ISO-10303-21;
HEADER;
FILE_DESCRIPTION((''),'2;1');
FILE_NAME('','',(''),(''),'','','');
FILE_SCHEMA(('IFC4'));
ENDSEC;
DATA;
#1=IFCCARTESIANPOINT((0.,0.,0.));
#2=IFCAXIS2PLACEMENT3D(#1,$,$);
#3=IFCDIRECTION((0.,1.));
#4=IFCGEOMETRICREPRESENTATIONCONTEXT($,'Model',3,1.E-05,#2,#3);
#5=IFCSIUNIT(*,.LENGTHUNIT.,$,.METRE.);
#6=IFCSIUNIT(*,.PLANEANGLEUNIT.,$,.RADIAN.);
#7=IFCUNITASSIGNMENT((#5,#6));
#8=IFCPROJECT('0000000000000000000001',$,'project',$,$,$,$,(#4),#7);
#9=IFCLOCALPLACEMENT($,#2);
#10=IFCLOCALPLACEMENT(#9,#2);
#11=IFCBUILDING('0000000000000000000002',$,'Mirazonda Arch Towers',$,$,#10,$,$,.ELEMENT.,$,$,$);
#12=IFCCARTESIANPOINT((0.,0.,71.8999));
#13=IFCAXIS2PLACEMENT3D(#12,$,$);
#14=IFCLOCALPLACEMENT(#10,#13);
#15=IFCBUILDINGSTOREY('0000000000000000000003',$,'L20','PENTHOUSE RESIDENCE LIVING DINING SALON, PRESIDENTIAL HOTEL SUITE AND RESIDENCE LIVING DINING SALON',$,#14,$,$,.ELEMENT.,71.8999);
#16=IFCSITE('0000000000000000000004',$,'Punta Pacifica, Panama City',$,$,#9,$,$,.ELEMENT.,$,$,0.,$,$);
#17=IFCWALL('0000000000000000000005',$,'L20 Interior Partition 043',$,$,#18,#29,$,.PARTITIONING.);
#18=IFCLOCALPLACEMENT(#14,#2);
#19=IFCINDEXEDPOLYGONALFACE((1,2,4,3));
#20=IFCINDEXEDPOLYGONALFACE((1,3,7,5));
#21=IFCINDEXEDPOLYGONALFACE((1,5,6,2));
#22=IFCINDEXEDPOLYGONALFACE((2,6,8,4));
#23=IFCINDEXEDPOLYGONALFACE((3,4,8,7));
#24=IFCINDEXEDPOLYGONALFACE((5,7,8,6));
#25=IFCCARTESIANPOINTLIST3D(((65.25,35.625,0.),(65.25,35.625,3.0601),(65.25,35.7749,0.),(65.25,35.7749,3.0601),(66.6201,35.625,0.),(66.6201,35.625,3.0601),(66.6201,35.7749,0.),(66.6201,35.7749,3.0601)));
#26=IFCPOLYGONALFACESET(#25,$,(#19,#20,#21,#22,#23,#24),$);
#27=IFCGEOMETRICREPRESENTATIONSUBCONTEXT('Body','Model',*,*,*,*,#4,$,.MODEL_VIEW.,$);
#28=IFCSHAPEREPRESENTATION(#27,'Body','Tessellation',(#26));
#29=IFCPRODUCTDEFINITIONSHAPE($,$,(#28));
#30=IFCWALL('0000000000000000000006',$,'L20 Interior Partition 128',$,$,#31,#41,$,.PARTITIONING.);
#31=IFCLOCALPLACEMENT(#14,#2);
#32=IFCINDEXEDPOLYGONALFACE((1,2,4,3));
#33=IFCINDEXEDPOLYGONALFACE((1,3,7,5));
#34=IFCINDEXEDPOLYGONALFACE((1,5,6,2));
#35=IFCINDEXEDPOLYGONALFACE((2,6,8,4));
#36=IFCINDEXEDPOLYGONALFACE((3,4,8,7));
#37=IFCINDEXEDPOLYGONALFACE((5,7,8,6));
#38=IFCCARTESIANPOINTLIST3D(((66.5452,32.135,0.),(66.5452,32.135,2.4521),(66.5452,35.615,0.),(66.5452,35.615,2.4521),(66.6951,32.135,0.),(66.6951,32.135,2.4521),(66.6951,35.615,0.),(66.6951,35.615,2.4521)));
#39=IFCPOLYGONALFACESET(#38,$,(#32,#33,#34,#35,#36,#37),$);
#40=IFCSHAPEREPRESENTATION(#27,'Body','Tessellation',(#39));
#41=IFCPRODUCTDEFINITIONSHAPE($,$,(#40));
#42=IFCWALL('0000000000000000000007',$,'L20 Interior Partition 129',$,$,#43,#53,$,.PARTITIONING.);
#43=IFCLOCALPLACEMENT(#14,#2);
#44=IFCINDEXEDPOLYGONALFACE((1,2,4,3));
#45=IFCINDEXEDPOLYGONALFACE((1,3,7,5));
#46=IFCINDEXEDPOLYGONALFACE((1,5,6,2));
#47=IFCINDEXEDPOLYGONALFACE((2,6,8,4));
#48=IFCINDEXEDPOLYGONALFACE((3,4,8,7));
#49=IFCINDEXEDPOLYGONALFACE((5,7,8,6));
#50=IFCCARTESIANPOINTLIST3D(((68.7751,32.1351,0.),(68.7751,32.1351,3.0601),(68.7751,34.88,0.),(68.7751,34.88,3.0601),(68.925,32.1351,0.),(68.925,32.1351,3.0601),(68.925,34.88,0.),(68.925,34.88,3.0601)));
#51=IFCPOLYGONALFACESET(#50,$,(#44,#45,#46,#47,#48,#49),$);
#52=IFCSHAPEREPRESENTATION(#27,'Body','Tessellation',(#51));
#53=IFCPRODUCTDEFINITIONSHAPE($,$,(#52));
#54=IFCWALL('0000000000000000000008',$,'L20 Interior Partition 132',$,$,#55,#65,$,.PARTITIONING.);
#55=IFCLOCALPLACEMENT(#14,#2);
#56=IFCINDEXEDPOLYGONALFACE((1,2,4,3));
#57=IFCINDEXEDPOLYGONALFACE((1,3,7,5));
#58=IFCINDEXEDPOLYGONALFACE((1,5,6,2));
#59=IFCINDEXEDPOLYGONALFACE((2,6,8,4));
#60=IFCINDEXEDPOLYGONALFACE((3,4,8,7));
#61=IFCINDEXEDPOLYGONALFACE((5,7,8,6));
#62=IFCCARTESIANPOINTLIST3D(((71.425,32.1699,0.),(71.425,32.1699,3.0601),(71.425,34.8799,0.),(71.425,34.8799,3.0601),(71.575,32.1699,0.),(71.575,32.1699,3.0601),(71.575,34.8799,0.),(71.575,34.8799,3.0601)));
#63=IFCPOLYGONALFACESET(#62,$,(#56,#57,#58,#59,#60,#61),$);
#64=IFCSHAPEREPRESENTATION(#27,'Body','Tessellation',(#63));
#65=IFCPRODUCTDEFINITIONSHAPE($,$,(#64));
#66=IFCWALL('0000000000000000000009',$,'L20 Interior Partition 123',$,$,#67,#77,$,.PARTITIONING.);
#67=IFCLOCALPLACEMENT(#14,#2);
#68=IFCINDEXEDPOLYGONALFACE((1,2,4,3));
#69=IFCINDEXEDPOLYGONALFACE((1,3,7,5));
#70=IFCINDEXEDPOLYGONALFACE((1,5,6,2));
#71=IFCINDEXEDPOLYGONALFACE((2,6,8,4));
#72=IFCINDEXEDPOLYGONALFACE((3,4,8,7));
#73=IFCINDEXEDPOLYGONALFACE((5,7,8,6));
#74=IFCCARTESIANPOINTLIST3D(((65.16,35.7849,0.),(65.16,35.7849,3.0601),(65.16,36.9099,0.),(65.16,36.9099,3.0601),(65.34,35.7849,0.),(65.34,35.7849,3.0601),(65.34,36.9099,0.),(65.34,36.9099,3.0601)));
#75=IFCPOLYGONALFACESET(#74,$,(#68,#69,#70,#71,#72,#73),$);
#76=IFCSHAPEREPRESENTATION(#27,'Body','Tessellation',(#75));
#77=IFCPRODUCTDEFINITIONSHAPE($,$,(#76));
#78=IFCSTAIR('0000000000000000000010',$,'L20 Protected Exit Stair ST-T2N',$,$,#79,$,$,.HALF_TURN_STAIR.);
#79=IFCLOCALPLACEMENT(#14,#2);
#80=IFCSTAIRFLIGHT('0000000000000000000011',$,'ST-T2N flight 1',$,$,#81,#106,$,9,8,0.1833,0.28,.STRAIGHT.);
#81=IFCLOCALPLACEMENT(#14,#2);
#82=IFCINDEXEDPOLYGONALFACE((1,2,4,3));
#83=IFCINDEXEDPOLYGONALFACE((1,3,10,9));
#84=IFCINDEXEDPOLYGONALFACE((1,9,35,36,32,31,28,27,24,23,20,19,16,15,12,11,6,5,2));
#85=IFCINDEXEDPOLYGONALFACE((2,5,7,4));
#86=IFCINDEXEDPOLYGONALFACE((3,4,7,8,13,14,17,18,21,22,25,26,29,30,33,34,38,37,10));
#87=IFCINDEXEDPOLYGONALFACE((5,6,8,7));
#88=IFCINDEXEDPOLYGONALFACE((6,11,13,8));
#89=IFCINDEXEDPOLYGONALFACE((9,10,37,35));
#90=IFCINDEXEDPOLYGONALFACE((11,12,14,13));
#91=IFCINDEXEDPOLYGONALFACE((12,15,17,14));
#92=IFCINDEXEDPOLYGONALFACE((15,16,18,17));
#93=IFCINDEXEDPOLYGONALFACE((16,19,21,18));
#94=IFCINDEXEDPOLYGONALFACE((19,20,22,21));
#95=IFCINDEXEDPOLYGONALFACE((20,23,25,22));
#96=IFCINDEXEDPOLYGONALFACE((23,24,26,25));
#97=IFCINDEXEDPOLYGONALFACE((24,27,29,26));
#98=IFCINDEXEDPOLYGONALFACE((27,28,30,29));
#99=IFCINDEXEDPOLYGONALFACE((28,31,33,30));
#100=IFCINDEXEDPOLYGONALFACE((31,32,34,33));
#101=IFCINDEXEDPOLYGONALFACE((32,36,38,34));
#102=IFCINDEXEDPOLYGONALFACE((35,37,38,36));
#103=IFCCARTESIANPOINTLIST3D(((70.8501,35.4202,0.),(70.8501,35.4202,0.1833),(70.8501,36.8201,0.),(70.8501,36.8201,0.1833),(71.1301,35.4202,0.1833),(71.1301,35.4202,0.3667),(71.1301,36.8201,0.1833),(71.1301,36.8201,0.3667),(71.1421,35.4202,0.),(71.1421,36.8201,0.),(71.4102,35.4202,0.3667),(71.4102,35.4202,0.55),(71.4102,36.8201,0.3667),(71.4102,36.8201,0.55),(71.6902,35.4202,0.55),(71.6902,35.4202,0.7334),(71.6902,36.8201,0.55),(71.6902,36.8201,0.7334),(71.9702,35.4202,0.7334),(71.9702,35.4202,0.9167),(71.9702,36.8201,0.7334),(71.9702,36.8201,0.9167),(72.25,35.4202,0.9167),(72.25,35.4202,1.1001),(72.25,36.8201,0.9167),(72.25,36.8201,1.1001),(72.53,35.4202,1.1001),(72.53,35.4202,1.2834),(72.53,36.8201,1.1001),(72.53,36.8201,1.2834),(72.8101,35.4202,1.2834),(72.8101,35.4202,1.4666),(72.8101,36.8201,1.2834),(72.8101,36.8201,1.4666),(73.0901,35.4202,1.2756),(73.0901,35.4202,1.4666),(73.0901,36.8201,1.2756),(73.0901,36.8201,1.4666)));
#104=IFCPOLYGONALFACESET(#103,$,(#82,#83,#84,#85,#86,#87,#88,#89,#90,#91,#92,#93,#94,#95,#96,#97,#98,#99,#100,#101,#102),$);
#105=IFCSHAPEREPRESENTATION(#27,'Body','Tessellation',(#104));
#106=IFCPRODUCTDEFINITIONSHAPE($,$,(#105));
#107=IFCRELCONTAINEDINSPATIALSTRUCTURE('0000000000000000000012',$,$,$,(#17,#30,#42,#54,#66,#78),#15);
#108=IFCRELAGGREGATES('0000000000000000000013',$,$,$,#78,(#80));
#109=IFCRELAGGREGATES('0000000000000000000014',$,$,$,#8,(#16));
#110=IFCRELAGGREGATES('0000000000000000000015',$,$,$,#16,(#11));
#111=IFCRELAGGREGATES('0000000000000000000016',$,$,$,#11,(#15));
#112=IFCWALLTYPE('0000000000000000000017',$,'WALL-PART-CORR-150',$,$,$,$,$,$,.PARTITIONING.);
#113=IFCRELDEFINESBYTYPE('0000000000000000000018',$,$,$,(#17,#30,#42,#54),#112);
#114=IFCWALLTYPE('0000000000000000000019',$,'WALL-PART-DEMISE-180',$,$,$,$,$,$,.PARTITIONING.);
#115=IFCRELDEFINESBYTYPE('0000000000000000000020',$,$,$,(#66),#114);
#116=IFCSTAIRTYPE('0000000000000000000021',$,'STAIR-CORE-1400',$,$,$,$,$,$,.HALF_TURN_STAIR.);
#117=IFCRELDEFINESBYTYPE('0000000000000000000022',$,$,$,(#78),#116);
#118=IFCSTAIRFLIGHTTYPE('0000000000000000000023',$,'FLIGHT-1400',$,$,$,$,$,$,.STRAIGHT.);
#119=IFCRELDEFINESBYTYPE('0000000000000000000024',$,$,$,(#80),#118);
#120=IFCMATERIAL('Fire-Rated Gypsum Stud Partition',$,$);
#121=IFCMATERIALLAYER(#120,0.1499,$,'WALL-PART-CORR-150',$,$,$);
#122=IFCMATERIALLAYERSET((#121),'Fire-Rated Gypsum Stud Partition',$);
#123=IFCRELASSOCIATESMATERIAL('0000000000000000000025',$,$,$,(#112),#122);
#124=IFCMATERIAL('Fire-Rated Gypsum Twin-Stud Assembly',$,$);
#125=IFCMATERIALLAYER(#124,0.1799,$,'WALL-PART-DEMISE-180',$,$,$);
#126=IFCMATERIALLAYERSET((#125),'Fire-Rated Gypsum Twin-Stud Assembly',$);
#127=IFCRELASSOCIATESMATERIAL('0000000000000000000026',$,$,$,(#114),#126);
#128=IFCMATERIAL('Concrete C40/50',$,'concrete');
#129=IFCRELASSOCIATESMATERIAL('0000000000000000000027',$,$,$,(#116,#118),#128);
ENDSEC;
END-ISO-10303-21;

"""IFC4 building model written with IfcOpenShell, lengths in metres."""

from ifc_helpers import new_model, si_unit, direction, frame, frame_2d, origin, place, context, subcontext, project, spatial, polyline, rectangle, outline, extrude, material, layer, layer_set, type_object, element, aggregate, save


model = new_model("IFC4")

# Units and contexts
model_context = context("Model", 3, precision=1e-05, world=origin(), true_north=direction((0.0, 1.0)))
body_context = subcontext(model_context, "Body", "Model", "MODEL_VIEW")
ifc_project = project(units=[si_unit("LENGTHUNIT", "METRE"), si_unit("PLANEANGLEUNIT", "RADIAN")], contexts=[model_context])

# Site, building, storey
site_placement = place(None, origin())
site = spatial("IfcSite", under=ifc_project, at=site_placement, Name="Punta Pacifica, Panama City", CompositionType="ELEMENT", RefElevation=0.0)
building_placement = place(site_placement, origin())
building = spatial("IfcBuilding", under=site, at=building_placement, Name="Mirazonda Arch Towers", CompositionType="ELEMENT")
storey_placement = place(building_placement, frame((0.0, 0.0, 71.8999)))
storey = spatial("IfcBuildingStorey", under=building, at=storey_placement, Name="L20", Description="PENTHOUSE RESIDENCE LIVING DINING SALON, PRESIDENTIAL HOTEL SUITE AND RESIDENCE LIVING DINING SALON", CompositionType="ELEMENT", Elevation=71.8999)

# Shared definitions
ifc_material_1 = material(Name="Concrete C40/50", Category="concrete")
ifc_material_2 = material(Name="Fire-Rated Gypsum Stud Partition")
ifc_layer_1 = layer(ifc_material_2, 0.1499, Name="WALL-PART-CORR-150")
ifc_layer_set_1 = layer_set([ifc_layer_1], Name="Fire-Rated Gypsum Stud Partition")
wall_type_1 = type_object("IfcWallType", Name="WALL-PART-CORR-150", PredefinedType="PARTITIONING", material=ifc_layer_set_1)

# Walls
wall_1_placement = place(storey_placement, frame((65.25, 35.7, 0.0), z_axis=(0.0, 0.0, 1.0), x_axis=(1.0, 0.0, 0.0)))
element("IfcWall", 1, at=wall_1_placement, inside=storey, type_object=wall_type_1, Name="L20 Interior Partition 043", PredefinedType="PARTITIONING", context=body_context, shape_type="SweptSolid", body=[
    extrude(rectangle(XDim=1.3701, YDim=0.1499, at=frame_2d((0.6851, 0.0))), origin(), (0.0, 0.0, 1.0), 3.0601),
])
wall_2_placement = place(storey_placement, frame((66.6201, 32.135, 0.0), z_axis=(0.0, 0.0, 1.0), x_axis=(0.0, 1.0, 0.0)))
element("IfcWall", 2, at=wall_2_placement, inside=storey, type_object=wall_type_1, Name="L20 Interior Partition 128", PredefinedType="PARTITIONING", context=body_context, shape_type="SweptSolid", body=[
    extrude(rectangle(XDim=3.48, YDim=0.1499, at=frame_2d((1.74, 0.0))), origin(), (0.0, 0.0, 1.0), 2.4521),
])
wall_3_placement = place(storey_placement, frame((68.8501, 32.135, 0.0), z_axis=(0.0, 0.0, 1.0), x_axis=(0.0, 1.0, 0.0)))
element("IfcWall", 3, at=wall_3_placement, inside=storey, type_object=wall_type_1, Name="L20 Interior Partition 129", PredefinedType="PARTITIONING", context=body_context, shape_type="SweptSolid", body=[
    extrude(rectangle(XDim=2.7449, YDim=0.1499, at=frame_2d((1.3726, 0.0))), origin(), (0.0, 0.0, 1.0), 3.0601),
])
wall_4_placement = place(storey_placement, frame((71.5, 32.1699, 0.0), z_axis=(0.0, 0.0, 1.0), x_axis=(0.0, 1.0, 0.0)))
element("IfcWall", 4, at=wall_4_placement, inside=storey, type_object=wall_type_1, Name="L20 Interior Partition 132", PredefinedType="PARTITIONING", context=body_context, shape_type="SweptSolid", body=[
    extrude(rectangle(XDim=2.71, YDim=0.1499, at=frame_2d((1.355, 0.0))), origin(), (0.0, 0.0, 1.0), 3.0601),
])
ifc_material_3 = material(Name="Fire-Rated Gypsum Twin-Stud Assembly")
ifc_layer_2 = layer(ifc_material_3, 0.1799, Name="WALL-PART-DEMISE-180")
ifc_layer_set_2 = layer_set([ifc_layer_2], Name="Fire-Rated Gypsum Twin-Stud Assembly")
wall_type_2 = type_object("IfcWallType", Name="WALL-PART-DEMISE-180", PredefinedType="PARTITIONING", material=ifc_layer_set_2)
wall_5_placement = place(storey_placement, frame((65.25, 35.7849, 0.0), z_axis=(0.0, 0.0, 1.0), x_axis=(0.0, 1.0, 0.0)))
element("IfcWall", 5, at=wall_5_placement, inside=storey, type_object=wall_type_2, Name="L20 Interior Partition 123", PredefinedType="PARTITIONING", context=body_context, shape_type="SweptSolid", body=[
    extrude(rectangle(XDim=1.125, YDim=0.1799, at=frame_2d((0.5625, 0.0))), origin(), (0.0, 0.0, 1.0), 3.0601),
])

# Stair, stair flight
stair_type = type_object("IfcStairType", Name="STAIR-CORE-1400", PredefinedType="HALF_TURN_STAIR", material=ifc_material_1)
stair_placement = place(storey_placement, origin())
stair = element("IfcStair", 6, at=stair_placement, inside=storey, type_object=stair_type, Name="L20 Protected Exit Stair ST-T2N", PredefinedType="HALF_TURN_STAIR")
stair_flight_type = type_object("IfcStairFlightType", Name="FLIGHT-1400", PredefinedType="STRAIGHT", material=ifc_material_1)
stair_flight_placement = place(storey_placement, frame((70.8501, 36.1201, 0.0), z_axis=(0.0, 0.0, 1.0), x_axis=(1.0, 0.0, 0.0)))
stair_flight = element("IfcStairFlight", 7, at=stair_flight_placement, type_object=stair_flight_type, Name="ST-T2N flight 1", NumberOfRisers=9, NumberOfTreads=8, PredefinedType="STRAIGHT", RiserHeight=0.1833, TreadLength=0.28, context=body_context, shape_type="SweptSolid", body=[
    extrude(outline(polyline([(0.0, 0.0), (0.0, 0.1833), (0.28, 0.1833), (0.28, 0.3667), (0.5601, 0.3667), (0.5601, 0.55), (0.8401, 0.55), (0.8401, 0.7334), (1.1201, 0.7334), (1.1201, 0.9167), (1.3999, 0.9167), (1.3999, 1.1001), (1.6799, 1.1001), (1.6799, 1.2834), (1.96, 1.2834), (1.96, 1.4666), (2.24, 1.4666), (2.24, 1.6499), (2.24, 1.2756), (0.292, 0.0), (0.0, 0.0)])), frame((0.0, 0.7, 0.0), z_axis=(0.0, -1.0, 0.0), x_axis=(1.0, 0.0, 0.0)), (0.0, 0.0, 1.0), 1.3999),
])
aggregate(stair, [stair_flight])

save(model, "model.ifc")
